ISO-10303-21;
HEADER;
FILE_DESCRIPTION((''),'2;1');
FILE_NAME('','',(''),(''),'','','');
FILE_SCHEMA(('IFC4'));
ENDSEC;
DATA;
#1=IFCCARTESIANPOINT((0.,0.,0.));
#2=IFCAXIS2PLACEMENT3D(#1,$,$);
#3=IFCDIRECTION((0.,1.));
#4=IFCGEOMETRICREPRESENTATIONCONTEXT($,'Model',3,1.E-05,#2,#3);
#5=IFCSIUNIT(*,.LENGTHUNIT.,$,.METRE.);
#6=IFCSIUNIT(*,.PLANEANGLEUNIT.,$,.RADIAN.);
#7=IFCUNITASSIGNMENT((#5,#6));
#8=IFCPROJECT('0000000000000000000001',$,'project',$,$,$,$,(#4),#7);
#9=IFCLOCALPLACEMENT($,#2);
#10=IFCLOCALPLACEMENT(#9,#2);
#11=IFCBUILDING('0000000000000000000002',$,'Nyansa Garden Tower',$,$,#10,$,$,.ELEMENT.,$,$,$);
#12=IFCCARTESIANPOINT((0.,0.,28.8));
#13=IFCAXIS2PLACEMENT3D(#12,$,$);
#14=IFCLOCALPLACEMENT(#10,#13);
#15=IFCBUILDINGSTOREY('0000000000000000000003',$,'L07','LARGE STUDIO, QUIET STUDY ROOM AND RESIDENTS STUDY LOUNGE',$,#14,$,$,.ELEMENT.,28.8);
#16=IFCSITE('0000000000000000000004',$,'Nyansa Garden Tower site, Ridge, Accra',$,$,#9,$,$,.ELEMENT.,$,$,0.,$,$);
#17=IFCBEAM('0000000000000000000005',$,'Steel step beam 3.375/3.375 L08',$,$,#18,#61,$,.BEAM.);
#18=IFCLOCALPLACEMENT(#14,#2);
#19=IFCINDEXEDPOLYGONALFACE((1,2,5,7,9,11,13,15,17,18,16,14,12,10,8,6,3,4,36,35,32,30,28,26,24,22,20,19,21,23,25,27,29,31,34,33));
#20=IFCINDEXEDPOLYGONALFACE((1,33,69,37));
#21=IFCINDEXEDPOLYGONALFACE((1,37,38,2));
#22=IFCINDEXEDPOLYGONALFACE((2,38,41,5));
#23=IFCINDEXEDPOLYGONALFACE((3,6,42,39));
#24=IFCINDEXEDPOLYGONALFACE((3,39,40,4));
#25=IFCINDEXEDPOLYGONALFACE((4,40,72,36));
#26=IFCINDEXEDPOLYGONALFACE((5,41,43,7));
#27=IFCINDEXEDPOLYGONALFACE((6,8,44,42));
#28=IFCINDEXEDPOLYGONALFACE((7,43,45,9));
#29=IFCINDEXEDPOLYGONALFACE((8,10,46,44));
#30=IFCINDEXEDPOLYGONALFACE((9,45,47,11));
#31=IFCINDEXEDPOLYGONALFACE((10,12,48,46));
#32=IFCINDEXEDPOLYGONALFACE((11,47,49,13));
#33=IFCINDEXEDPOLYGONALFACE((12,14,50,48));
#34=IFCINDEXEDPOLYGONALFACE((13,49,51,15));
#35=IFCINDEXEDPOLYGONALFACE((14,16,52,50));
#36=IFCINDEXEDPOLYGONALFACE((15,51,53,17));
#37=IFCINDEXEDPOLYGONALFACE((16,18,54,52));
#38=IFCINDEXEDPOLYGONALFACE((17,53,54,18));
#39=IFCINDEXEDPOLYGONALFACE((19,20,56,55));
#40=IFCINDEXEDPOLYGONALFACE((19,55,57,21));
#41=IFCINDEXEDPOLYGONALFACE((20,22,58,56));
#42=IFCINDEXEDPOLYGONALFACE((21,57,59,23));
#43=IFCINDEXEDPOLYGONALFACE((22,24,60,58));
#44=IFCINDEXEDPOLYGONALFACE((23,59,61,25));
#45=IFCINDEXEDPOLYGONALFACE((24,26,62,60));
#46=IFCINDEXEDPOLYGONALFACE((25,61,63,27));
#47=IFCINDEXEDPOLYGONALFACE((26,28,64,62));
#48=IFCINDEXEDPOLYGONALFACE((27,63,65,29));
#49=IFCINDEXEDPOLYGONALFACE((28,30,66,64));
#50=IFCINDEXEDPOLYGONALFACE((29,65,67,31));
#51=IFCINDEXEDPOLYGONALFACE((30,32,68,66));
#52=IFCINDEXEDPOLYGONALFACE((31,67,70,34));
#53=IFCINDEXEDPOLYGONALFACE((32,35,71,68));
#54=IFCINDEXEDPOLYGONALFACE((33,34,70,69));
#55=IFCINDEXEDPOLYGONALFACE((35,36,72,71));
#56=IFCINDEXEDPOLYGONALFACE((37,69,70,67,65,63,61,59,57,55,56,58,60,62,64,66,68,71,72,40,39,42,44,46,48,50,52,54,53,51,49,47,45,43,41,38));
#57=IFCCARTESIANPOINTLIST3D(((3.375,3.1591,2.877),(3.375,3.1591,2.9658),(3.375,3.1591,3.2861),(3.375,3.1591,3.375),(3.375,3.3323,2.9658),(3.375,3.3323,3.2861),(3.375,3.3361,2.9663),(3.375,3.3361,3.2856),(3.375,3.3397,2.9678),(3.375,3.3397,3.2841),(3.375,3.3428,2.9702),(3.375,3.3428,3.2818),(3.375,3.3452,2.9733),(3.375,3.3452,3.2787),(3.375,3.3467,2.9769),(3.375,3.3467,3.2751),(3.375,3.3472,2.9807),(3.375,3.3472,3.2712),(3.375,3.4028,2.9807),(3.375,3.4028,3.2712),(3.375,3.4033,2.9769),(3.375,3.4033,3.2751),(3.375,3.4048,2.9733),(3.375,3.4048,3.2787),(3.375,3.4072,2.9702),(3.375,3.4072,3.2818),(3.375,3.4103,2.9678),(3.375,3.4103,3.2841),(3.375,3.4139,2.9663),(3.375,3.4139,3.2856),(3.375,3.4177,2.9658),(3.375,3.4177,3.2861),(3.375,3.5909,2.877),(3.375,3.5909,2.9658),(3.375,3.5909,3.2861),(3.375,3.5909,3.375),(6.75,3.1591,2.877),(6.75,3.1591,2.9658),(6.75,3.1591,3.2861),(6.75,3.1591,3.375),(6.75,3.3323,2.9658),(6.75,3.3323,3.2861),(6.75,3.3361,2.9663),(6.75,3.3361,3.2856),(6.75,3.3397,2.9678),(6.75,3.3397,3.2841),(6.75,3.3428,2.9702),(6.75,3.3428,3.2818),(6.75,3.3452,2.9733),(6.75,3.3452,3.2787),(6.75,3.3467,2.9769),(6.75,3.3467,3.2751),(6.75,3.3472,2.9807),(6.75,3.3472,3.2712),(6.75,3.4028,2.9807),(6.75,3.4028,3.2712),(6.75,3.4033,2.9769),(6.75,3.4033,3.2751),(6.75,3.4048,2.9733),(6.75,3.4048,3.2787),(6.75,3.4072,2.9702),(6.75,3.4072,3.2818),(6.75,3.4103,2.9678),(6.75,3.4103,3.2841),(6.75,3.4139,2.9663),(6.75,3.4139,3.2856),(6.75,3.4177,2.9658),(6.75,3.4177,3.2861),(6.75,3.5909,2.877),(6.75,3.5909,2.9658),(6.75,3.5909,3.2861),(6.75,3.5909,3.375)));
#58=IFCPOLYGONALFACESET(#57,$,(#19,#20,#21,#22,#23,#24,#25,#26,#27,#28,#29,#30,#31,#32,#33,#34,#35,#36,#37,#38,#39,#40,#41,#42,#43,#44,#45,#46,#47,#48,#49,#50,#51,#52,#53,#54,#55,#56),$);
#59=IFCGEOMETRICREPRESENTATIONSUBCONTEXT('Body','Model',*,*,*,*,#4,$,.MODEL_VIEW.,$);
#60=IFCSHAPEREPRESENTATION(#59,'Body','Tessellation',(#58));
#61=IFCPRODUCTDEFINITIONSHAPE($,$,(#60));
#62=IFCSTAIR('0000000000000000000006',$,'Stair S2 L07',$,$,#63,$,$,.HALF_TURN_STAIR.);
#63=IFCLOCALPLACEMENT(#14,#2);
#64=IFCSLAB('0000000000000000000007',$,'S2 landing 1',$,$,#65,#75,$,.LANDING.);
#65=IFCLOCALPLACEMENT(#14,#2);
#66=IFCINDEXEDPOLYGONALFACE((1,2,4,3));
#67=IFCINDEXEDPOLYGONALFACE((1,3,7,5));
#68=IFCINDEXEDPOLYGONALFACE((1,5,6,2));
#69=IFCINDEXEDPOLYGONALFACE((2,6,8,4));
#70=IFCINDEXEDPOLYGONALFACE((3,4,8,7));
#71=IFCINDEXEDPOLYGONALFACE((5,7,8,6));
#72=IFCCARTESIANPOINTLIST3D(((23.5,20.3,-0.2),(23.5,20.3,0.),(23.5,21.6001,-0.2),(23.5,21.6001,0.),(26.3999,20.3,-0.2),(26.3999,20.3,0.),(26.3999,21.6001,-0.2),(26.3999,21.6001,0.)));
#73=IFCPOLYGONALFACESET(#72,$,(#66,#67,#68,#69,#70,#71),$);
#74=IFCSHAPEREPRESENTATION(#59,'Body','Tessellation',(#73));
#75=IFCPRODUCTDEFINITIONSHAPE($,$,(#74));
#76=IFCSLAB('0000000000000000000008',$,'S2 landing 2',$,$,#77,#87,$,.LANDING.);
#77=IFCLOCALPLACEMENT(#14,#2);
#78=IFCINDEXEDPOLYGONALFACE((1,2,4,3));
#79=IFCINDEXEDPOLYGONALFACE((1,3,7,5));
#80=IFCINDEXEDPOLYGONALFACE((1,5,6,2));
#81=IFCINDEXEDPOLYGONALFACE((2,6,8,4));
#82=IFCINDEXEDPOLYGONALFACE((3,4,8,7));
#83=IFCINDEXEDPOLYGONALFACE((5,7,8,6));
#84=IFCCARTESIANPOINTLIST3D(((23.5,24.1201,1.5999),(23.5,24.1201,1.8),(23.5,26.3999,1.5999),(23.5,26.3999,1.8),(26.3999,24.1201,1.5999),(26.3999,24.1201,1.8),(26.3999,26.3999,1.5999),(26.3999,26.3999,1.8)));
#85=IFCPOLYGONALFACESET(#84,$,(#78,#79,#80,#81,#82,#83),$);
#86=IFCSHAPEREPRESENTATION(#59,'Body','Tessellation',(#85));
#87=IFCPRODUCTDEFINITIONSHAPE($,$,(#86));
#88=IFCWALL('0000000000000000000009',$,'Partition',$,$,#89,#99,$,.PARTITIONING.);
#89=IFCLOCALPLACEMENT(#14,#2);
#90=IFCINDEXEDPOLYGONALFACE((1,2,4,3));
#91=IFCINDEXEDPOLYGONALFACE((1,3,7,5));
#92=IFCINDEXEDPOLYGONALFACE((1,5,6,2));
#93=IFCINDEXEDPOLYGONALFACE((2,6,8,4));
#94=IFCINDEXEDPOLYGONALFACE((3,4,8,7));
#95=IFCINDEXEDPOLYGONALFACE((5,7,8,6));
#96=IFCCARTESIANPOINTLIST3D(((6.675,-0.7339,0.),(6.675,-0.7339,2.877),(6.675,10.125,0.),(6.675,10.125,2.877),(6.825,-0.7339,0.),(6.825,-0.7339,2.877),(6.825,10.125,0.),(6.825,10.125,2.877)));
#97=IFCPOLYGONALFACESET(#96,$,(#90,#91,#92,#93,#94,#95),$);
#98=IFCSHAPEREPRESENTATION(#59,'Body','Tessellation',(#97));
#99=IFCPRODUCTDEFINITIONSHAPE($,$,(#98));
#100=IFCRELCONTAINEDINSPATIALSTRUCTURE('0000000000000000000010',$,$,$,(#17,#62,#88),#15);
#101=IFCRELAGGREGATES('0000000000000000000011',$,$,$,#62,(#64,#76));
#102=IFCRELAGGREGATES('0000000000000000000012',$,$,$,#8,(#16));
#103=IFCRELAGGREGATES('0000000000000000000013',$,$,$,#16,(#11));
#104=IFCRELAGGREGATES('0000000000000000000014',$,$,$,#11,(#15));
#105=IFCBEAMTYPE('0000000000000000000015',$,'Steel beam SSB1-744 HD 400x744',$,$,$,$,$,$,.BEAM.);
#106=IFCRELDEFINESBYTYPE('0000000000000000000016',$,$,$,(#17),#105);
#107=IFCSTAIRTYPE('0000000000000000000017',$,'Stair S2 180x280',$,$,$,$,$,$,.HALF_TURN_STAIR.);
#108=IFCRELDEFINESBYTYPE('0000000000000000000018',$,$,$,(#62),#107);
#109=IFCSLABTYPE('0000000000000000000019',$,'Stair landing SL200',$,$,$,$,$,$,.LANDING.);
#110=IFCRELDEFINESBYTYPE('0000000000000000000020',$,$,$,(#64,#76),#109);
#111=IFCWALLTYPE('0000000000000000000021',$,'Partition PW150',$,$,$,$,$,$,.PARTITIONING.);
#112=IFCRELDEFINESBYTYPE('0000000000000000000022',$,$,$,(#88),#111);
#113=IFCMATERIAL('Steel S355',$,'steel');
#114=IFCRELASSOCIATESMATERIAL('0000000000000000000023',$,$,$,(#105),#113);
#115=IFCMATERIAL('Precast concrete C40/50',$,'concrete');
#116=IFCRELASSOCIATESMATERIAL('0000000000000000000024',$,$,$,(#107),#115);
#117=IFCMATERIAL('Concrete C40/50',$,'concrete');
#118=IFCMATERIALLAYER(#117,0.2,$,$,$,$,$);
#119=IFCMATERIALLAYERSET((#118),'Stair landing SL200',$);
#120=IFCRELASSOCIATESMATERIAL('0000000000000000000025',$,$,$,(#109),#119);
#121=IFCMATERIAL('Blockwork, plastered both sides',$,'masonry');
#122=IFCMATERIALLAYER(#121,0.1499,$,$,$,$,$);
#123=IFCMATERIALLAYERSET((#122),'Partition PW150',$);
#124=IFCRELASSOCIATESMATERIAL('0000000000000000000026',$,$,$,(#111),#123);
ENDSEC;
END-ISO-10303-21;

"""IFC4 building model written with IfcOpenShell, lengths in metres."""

from ifc_helpers import new_model, si_unit, direction, frame, frame_2d, origin, origin_2d, place, context, subcontext, project, spatial, polyline, rectangle, i_section, outline, extrude, material, layer, layer_set, material_profile, profile_set, type_object, element, aggregate, save


model = new_model("IFC4")

# Units and contexts
model_context = context("Model", 3, precision=1e-05, world=origin(), true_north=direction((0.0, 1.0)))
body_context = subcontext(model_context, "Body", "Model", "MODEL_VIEW")
ifc_project = project(units=[si_unit("LENGTHUNIT", "METRE"), si_unit("PLANEANGLEUNIT", "RADIAN")], contexts=[model_context])

# Site, building, storey
site_placement = place(None, origin())
site = spatial("IfcSite", under=ifc_project, at=site_placement, Name="Nyansa Garden Tower site, Ridge, Accra", CompositionType="ELEMENT", RefElevation=0.0)
building_placement = place(site_placement, origin())
building = spatial("IfcBuilding", under=site, at=building_placement, Name="Nyansa Garden Tower", CompositionType="ELEMENT")
storey_placement = place(building_placement, frame((0.0, 0.0, 28.8)))
storey = spatial("IfcBuildingStorey", under=building, at=storey_placement, Name="L07", Description="LARGE STUDIO, QUIET STUDY ROOM AND RESIDENTS STUDY LOUNGE", CompositionType="ELEMENT", Elevation=28.8)

# Beam
ifc_material_1 = material(Name="Steel S355", Category="steel")
ifc_material_profile_1 = material_profile(ifc_material_1, i_section(OverallWidth=0.4319, OverallDepth=0.498, WebThickness=0.0557, FlangeThickness=0.0889, FilletRadius=0.0149, at=origin_2d()), Name="HD 400x744")
ifc_profile_set_1 = profile_set([ifc_material_profile_1], Name="Steel S355")
beam_type_1 = type_object("IfcBeamType", Name="Steel beam SSB1-744 HD 400x744", PredefinedType="BEAM", material=ifc_profile_set_1)
for number, where, z_axis, x_axis, name in (
    (1, (3.375, 3.375, 3.126), (1.0, 0.0, 0.0), (0.0, 1.0, 0.0), "Steel step beam 3.375/3.375 L08"),
):
    element("IfcBeam", number, at=place(storey_placement, frame(where, z_axis=z_axis, x_axis=x_axis)), inside=storey, type_object=beam_type_1, Name=name, PredefinedType="BEAM", context=body_context, shape_type="SweptSolid", body=[
        extrude(i_section(OverallWidth=0.4319, OverallDepth=0.498, WebThickness=0.0557, FlangeThickness=0.0889, FilletRadius=0.0149, at=origin_2d()), origin(), (0.0, 0.0, 1.0), 3.375),
    ])

# Stair, slabs
ifc_material_2 = material(Name="Precast concrete C40/50", Category="concrete")
stair_type = type_object("IfcStairType", Name="Stair S2 180x280", PredefinedType="HALF_TURN_STAIR", material=ifc_material_2)
stair_placement = place(storey_placement, origin())
stair = element("IfcStair", 2, at=stair_placement, inside=storey, type_object=stair_type, Name="Stair S2 L07", PredefinedType="HALF_TURN_STAIR")
ifc_material_3 = material(Name="Concrete C40/50", Category="concrete")
ifc_layer_1 = layer(ifc_material_3, 0.2)
ifc_layer_set_1 = layer_set([ifc_layer_1], Name="Stair landing SL200")
slab_type = type_object("IfcSlabType", Name="Stair landing SL200", PredefinedType="LANDING", material=ifc_layer_set_1)
slab_1_placement = place(storey_placement, frame((0.0, 0.0, -0.2)))
slab_1 = element("IfcSlab", 3, at=slab_1_placement, type_object=slab_type, Name="S2 landing 1", PredefinedType="LANDING", context=body_context, shape_type="SweptSolid", body=[
    extrude(outline(polyline([(23.5, 20.3), (26.3999, 20.3), (26.3999, 21.6001), (23.5, 21.6001), (23.5, 20.3)])), origin(), (0.0, 0.0, 1.0), 0.2),
])
slab_2_placement = place(storey_placement, frame((0.0, 0.0, 1.5999)))
slab_2 = element("IfcSlab", 4, at=slab_2_placement, type_object=slab_type, Name="S2 landing 2", PredefinedType="LANDING", context=body_context, shape_type="SweptSolid", body=[
    extrude(outline(polyline([(23.5, 24.1201), (26.3999, 24.1201), (26.3999, 26.3999), (23.5, 26.3999), (23.5, 24.1201)])), origin(), (0.0, 0.0, 1.0), 0.2002),
])
aggregate(stair, [slab_1, slab_2])

# Wall
ifc_material_4 = material(Name="Blockwork, plastered both sides", Category="masonry")
ifc_layer_2 = layer(ifc_material_4, 0.1499)
ifc_layer_set_2 = layer_set([ifc_layer_2], Name="Partition PW150")
wall_type_1 = type_object("IfcWallType", Name="Partition PW150", PredefinedType="PARTITIONING", material=ifc_layer_set_2)
wall_1_placement = place(storey_placement, frame((6.75, -0.7339, 0.0), z_axis=(0.0, 0.0, 1.0), x_axis=(0.0, 1.0, 0.0)))
element("IfcWall", 5, at=wall_1_placement, inside=storey, type_object=wall_type_1, Name="Partition", PredefinedType="PARTITIONING", context=body_context, shape_type="SweptSolid", body=[
    extrude(rectangle(XDim=10.8589, YDim=0.1499, at=frame_2d((5.4294, 0.0))), origin(), (0.0, 0.0, 1.0), 2.877),
])

save(model, "model.ifc")
